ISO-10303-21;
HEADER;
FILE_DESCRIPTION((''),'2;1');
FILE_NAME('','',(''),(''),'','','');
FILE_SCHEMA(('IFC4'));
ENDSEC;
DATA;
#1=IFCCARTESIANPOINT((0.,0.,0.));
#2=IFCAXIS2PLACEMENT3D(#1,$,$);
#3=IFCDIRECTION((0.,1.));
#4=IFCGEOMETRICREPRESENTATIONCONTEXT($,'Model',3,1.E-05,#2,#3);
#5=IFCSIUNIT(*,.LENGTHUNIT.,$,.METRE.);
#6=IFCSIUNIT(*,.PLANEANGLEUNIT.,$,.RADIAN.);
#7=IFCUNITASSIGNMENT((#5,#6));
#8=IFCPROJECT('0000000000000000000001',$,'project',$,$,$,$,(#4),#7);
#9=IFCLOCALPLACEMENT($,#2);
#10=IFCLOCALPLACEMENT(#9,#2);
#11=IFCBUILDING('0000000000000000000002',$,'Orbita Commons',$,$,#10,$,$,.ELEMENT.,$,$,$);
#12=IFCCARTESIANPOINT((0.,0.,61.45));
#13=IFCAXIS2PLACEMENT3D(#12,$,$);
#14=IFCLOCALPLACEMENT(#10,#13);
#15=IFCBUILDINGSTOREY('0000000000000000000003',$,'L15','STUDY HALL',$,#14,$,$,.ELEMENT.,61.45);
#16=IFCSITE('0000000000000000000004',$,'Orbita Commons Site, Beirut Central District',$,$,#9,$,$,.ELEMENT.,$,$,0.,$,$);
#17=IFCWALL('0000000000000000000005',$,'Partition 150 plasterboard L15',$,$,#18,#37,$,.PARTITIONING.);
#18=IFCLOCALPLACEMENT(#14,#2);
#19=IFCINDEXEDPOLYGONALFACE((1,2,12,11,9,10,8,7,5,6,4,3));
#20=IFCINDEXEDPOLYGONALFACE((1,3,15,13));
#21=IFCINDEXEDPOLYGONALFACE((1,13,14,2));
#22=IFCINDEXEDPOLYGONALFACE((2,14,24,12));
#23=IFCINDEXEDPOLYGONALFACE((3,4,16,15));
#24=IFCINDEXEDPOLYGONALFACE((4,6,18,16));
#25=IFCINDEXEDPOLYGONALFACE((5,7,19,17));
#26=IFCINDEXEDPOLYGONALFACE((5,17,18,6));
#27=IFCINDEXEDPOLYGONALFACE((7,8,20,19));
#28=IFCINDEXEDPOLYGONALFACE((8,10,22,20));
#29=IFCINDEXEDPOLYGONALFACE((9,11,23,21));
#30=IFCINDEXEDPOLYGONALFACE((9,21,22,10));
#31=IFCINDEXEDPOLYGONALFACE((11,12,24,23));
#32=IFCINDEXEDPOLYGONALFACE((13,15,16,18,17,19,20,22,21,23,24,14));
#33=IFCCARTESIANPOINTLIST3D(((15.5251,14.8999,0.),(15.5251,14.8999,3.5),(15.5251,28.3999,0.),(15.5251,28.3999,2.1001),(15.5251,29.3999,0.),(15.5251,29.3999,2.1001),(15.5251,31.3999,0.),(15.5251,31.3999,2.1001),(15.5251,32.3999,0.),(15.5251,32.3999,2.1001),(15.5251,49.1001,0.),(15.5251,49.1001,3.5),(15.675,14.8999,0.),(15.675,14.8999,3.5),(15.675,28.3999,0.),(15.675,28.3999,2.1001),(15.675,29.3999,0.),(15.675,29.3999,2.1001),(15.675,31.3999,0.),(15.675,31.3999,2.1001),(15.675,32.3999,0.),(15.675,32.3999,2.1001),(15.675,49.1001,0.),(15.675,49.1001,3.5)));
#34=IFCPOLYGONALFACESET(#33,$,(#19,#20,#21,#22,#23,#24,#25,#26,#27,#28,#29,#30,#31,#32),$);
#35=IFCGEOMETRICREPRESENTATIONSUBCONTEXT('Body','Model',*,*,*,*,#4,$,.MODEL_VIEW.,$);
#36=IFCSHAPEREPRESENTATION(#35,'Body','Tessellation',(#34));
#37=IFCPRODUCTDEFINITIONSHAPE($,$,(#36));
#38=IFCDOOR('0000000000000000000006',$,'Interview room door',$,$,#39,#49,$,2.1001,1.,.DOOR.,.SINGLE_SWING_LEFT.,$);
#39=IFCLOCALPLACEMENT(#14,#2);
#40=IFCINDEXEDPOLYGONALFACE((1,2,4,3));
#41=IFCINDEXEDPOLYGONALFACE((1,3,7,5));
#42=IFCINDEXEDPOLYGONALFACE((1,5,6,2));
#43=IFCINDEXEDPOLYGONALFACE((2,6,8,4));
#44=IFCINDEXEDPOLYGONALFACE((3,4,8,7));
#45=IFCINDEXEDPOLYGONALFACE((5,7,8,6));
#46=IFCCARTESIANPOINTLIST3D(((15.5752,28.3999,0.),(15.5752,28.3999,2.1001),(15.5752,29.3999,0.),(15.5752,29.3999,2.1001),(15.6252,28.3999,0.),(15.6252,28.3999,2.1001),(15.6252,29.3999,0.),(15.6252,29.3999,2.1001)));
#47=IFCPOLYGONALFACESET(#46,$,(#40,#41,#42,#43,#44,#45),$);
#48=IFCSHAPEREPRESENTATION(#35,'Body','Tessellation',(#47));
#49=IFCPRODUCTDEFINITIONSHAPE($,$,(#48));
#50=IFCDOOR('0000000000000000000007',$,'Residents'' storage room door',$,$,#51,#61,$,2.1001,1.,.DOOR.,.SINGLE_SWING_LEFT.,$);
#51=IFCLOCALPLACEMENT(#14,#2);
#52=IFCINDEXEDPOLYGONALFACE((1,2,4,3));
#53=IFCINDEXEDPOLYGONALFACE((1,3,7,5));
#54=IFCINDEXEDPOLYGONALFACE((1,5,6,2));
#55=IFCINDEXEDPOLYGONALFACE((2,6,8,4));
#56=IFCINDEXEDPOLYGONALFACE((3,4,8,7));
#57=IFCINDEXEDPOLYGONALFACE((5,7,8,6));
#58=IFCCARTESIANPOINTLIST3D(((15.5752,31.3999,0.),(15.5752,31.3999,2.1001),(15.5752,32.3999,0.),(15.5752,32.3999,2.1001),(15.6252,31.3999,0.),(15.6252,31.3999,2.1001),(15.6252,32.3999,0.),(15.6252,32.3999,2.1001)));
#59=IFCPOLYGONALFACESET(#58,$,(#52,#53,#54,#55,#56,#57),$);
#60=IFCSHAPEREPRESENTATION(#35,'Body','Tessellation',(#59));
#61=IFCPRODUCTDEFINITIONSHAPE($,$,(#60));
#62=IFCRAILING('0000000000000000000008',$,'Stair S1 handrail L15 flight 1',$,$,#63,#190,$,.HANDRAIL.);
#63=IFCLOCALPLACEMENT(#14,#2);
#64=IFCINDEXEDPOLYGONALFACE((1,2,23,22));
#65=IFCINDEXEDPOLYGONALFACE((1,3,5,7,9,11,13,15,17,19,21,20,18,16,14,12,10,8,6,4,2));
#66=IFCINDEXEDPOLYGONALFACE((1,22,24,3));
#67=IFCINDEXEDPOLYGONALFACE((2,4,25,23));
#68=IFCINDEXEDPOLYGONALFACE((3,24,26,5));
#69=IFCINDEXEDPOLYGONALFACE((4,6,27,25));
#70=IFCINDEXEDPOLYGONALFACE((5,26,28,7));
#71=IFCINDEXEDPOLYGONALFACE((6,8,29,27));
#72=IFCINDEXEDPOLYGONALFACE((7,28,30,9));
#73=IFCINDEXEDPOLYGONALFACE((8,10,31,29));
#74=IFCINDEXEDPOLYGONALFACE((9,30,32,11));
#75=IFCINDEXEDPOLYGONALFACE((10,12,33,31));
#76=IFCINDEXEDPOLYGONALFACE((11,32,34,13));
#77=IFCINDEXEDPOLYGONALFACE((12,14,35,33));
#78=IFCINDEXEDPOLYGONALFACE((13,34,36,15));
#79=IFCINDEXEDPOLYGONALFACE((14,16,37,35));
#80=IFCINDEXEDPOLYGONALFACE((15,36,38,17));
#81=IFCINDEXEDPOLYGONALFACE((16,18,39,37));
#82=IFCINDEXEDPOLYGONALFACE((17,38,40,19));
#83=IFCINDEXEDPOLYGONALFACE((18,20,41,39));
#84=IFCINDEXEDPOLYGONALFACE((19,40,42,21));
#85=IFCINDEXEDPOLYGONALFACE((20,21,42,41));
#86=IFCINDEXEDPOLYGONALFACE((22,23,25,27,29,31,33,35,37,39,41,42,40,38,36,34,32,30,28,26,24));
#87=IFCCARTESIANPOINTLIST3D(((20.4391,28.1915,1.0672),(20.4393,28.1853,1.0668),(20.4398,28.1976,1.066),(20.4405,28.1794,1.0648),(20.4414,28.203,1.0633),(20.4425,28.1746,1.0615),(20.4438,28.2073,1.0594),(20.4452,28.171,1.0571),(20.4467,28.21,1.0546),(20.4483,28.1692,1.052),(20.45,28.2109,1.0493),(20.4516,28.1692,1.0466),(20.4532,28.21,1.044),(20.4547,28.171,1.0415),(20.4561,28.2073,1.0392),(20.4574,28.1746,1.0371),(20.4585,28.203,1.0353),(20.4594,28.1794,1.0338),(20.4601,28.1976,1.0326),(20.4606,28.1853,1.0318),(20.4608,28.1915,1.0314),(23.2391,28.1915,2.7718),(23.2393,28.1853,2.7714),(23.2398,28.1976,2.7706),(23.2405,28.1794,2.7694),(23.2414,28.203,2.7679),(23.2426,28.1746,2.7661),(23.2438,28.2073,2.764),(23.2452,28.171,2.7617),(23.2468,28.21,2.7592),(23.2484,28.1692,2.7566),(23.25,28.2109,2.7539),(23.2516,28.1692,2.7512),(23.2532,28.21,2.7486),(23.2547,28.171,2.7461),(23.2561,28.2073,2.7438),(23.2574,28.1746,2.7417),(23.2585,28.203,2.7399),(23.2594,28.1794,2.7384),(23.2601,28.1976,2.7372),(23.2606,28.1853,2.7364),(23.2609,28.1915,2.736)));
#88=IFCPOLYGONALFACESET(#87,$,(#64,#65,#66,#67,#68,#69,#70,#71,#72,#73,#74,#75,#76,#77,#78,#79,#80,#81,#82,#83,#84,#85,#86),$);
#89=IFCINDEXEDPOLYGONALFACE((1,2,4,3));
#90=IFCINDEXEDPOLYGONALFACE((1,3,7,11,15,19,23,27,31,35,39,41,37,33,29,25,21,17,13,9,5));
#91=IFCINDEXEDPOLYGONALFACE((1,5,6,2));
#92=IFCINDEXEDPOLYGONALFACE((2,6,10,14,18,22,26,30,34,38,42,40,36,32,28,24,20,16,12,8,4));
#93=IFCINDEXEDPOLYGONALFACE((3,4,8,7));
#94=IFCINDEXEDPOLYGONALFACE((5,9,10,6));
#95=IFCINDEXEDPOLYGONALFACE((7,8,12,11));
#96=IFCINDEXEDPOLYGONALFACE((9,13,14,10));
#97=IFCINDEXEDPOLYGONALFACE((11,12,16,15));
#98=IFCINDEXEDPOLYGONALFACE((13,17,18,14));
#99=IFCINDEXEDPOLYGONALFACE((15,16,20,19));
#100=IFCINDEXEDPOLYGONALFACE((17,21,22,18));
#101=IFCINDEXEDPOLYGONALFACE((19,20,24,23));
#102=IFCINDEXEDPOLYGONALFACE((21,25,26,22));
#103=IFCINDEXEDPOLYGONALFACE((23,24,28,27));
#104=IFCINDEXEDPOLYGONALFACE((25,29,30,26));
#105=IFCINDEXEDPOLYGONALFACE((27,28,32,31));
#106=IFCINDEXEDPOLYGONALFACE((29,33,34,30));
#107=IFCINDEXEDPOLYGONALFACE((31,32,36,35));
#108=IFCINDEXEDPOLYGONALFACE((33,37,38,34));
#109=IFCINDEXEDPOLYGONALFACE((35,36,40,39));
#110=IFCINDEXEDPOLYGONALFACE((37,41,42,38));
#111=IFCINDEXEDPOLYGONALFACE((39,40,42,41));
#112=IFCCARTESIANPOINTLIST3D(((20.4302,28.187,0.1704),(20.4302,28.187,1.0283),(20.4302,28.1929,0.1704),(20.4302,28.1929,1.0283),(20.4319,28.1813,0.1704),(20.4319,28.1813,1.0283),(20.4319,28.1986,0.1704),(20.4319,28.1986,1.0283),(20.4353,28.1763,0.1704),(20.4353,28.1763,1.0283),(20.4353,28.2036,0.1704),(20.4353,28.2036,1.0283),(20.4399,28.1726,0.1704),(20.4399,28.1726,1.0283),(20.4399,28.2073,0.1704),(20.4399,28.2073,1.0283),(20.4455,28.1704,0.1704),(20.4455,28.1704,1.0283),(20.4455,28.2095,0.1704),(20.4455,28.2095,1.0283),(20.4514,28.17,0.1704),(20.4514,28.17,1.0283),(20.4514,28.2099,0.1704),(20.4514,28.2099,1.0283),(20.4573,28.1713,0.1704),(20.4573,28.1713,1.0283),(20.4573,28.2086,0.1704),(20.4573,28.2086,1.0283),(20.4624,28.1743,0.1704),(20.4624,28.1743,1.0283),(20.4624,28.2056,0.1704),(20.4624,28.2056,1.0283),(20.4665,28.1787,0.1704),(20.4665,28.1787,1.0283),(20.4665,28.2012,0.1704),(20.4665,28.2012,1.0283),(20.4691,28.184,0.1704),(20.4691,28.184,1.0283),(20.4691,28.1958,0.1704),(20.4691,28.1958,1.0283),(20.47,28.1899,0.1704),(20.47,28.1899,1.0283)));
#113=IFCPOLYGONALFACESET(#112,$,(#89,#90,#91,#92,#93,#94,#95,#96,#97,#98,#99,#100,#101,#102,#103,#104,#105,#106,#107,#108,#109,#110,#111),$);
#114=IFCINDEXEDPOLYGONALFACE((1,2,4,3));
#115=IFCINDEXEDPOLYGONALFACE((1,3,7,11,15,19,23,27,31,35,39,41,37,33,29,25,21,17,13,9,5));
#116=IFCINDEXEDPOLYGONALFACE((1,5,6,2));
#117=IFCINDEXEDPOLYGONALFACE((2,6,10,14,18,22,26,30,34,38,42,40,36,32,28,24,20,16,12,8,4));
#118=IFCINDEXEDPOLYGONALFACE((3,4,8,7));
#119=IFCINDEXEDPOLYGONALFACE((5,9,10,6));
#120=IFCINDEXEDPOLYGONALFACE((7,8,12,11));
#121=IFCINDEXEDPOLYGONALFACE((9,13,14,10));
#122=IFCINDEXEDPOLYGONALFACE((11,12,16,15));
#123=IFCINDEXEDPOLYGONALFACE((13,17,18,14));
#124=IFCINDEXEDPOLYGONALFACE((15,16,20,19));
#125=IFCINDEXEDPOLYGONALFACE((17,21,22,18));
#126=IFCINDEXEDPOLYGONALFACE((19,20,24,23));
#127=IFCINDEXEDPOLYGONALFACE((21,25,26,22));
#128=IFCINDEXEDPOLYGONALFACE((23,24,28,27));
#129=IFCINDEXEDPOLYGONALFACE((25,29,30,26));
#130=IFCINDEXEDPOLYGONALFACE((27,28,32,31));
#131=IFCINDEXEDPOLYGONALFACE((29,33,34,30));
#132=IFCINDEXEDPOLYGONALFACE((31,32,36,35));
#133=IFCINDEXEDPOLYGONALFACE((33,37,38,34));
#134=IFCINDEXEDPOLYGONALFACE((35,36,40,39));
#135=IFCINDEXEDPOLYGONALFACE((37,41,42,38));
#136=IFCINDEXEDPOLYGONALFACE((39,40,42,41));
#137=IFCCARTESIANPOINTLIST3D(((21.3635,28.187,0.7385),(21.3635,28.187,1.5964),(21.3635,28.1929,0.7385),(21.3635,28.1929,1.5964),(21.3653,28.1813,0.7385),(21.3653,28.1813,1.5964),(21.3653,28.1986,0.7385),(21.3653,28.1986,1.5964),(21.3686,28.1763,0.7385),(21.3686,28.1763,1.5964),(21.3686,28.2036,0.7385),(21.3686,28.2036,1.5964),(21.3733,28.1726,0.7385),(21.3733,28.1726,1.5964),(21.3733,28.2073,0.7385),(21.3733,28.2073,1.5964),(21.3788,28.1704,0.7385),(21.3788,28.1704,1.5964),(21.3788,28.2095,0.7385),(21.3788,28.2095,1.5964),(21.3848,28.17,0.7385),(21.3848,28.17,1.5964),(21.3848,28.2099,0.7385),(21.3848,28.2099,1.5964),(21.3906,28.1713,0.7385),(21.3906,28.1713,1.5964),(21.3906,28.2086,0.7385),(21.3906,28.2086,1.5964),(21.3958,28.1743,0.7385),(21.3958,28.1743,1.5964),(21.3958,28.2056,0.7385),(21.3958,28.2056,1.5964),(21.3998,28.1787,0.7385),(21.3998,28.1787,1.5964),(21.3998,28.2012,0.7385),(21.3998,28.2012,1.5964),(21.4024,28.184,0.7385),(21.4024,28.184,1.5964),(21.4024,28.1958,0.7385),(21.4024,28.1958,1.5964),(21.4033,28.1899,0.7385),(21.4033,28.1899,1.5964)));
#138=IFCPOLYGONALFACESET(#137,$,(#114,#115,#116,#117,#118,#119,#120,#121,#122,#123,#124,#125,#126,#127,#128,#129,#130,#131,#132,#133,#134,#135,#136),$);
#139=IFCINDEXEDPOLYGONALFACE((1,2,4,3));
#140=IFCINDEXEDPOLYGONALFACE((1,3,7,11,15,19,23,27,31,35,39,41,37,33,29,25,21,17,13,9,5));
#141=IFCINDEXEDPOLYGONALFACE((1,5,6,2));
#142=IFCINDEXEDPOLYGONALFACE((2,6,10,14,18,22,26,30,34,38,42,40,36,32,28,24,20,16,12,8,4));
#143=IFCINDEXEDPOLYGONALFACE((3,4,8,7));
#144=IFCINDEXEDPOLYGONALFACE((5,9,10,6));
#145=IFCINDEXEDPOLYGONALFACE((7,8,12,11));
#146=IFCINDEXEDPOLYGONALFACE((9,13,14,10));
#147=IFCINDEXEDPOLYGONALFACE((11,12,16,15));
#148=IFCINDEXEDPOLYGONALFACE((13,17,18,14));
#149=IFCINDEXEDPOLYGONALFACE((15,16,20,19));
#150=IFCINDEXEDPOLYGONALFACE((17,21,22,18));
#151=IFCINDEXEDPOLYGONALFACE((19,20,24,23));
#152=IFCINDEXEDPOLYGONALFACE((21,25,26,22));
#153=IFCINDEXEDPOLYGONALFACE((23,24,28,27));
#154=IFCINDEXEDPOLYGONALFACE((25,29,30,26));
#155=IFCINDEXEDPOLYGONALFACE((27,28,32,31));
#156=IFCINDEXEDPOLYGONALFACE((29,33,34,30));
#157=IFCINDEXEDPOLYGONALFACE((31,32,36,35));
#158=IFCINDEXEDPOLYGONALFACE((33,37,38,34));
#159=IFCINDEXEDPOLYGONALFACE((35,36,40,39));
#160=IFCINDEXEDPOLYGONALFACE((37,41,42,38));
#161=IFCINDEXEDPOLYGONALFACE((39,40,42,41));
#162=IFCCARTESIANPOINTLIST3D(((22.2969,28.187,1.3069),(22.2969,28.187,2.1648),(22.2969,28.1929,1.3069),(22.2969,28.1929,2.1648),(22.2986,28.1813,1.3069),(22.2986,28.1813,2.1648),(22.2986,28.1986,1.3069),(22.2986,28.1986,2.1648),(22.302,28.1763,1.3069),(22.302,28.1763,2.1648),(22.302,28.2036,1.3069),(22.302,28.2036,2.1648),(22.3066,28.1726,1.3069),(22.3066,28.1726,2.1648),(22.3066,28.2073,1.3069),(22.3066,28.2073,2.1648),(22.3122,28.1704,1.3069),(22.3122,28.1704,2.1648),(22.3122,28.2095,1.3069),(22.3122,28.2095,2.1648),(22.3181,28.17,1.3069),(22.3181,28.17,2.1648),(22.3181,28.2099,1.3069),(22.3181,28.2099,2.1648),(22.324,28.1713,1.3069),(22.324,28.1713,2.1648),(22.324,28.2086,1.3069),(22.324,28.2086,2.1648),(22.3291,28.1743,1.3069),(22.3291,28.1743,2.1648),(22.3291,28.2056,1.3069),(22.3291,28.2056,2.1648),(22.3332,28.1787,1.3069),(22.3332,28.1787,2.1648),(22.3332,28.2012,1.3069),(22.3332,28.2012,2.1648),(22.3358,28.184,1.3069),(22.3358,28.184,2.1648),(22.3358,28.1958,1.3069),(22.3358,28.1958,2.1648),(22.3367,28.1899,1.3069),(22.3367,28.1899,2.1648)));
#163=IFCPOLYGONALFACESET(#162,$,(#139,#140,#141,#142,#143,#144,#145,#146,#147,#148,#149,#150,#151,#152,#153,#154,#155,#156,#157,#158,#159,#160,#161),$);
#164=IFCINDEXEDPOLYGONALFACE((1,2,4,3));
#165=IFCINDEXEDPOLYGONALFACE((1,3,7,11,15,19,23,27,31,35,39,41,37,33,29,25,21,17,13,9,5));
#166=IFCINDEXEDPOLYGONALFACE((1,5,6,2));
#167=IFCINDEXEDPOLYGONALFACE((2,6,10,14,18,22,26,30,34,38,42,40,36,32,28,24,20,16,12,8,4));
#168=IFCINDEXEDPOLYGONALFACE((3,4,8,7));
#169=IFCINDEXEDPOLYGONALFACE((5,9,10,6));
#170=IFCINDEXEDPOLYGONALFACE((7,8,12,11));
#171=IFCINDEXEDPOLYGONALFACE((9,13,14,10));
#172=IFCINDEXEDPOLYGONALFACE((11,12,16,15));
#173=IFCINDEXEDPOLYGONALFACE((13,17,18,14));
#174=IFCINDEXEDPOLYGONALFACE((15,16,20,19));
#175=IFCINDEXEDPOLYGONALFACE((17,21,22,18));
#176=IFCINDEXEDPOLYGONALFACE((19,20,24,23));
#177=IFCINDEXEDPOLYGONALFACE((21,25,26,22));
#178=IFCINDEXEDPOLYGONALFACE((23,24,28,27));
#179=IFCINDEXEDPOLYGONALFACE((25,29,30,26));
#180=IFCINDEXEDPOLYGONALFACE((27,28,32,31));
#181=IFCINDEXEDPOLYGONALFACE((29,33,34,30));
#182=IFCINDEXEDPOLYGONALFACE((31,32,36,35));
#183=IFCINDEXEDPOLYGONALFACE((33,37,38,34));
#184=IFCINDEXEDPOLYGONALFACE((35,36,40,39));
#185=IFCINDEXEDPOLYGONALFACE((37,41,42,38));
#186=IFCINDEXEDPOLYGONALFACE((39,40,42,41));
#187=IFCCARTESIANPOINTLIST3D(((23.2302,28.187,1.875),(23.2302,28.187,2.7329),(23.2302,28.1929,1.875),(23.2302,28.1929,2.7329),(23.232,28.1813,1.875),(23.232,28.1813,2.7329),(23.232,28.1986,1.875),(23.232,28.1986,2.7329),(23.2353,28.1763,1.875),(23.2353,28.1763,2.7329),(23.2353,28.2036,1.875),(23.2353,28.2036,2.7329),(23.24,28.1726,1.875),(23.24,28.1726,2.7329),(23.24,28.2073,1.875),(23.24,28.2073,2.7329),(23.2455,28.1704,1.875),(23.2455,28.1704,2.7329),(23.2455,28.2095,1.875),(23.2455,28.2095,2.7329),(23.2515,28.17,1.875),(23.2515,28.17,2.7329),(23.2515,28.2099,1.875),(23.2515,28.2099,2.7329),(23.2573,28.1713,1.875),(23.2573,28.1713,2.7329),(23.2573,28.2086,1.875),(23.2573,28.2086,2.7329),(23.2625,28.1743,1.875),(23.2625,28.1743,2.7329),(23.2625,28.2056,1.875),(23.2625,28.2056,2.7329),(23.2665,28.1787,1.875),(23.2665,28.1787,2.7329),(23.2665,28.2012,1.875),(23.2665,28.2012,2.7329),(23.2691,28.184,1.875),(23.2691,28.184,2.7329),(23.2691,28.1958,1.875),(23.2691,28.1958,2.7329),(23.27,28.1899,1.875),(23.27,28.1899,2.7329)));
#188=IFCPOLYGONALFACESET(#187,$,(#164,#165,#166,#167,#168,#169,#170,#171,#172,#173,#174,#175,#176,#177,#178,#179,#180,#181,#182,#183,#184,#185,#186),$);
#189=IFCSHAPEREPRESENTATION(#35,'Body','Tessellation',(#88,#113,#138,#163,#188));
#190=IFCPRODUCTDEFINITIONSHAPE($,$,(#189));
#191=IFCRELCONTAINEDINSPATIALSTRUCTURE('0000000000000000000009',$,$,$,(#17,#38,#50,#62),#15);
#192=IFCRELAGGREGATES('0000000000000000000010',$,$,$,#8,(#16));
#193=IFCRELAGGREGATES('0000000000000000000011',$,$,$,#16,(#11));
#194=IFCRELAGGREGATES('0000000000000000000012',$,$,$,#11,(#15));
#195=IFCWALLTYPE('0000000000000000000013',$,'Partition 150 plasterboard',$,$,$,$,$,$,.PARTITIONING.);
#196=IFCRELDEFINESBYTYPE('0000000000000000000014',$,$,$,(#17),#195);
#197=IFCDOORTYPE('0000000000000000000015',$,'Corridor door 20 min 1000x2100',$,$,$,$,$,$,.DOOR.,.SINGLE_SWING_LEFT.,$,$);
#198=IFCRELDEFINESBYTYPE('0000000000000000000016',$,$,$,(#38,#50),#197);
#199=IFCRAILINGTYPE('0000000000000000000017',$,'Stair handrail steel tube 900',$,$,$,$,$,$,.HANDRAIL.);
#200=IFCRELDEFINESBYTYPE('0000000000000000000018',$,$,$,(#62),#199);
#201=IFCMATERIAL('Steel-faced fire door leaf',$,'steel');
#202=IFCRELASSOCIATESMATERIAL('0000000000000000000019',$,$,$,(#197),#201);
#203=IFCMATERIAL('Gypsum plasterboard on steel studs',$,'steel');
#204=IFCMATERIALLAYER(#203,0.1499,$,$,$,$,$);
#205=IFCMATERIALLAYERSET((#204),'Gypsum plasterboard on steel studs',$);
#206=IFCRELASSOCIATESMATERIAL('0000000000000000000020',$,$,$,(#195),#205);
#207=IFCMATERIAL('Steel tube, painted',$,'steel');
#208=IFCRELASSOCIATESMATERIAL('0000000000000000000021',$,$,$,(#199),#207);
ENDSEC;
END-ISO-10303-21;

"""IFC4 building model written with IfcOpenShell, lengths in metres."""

from ifc_helpers import new_model, si_unit, direction, frame, frame_2d, origin, origin_2d, place, context, subcontext, project, spatial, rectangle, circle, extrude, material, layer, layer_set, type_object, element, fill, save


model = new_model("IFC4")

# Units and contexts
model_context = context("Model", 3, precision=1e-05, world=origin(), true_north=direction((0.0, 1.0)))
body_context = subcontext(model_context, "Body", "Model", "MODEL_VIEW")
ifc_project = project(units=[si_unit("LENGTHUNIT", "METRE"), si_unit("PLANEANGLEUNIT", "RADIAN")], contexts=[model_context])

# Site, building, storey
site_placement = place(None, origin())
site = spatial("IfcSite", under=ifc_project, at=site_placement, Name="Orbita Commons Site, Beirut Central District", CompositionType="ELEMENT", RefElevation=0.0)
building_placement = place(site_placement, origin())
building = spatial("IfcBuilding", under=site, at=building_placement, Name="Orbita Commons", CompositionType="ELEMENT")
storey_placement = place(building_placement, frame((0.0, 0.0, 61.45)))
storey = spatial("IfcBuildingStorey", under=building, at=storey_placement, Name="L15", Description="STUDY HALL", CompositionType="ELEMENT", Elevation=61.45)

# Shared definitions
ifc_material_1 = material(Name="Steel-faced fire door leaf", Category="steel")
door_type_1 = type_object("IfcDoorType", Name="Corridor door 20 min 1000x2100", OperationType="SINGLE_SWING_LEFT", PredefinedType="DOOR", material=ifc_material_1)

# Shared definitions
ifc_material_2 = material(Name="Gypsum plasterboard on steel studs", Category="steel")
ifc_layer_1 = layer(ifc_material_2, 0.1499)
ifc_layer_set_1 = layer_set([ifc_layer_1], Name="Gypsum plasterboard on steel studs")
wall_type_1 = type_object("IfcWallType", Name="Partition 150 plasterboard", PredefinedType="PARTITIONING", material=ifc_layer_set_1)

# Wall, openings, doors
wall_1_placement = place(storey_placement, frame((15.6001, 14.8999, 0.0), z_axis=(0.0, 0.0, 1.0), x_axis=(0.0, 1.0, 0.0)))
wall_1 = element("IfcWall", 1, at=wall_1_placement, inside=storey, type_object=wall_type_1, Name="Partition 150 plasterboard L15", PredefinedType="PARTITIONING", context=body_context, shape_type="SweptSolid", body=[
    extrude(rectangle(XDim=34.2002, YDim=0.1499, at=frame_2d((17.1001, 0.0))), origin(), (0.0, 0.0, 1.0), 3.5),
])
opening_1_placement = place(wall_1_placement, frame((13.5, 0.0, 0.0)))
opening_1 = element("IfcOpeningElement", 2, at=opening_1_placement, cuts=wall_1, PredefinedType="OPENING", context=body_context, shape_type="SweptSolid", body=[
    extrude(rectangle(XDim=1.0, YDim=2.1001, at=frame_2d((0.5, 1.05))), frame((0.0, 0.085, 0.0), z_axis=(0.0, -1.0, 0.0), x_axis=(1.0, 0.0, 0.0)), (0.0, 0.0, 1.0), 0.1699),
])
opening_2_placement = place(wall_1_placement, frame((16.5, 0.0, 0.0)))
opening_2 = element("IfcOpeningElement", 3, at=opening_2_placement, cuts=wall_1, PredefinedType="OPENING", context=body_context, shape_type="SweptSolid", body=[
    extrude(rectangle(XDim=1.0, YDim=2.1001, at=frame_2d((0.5, 1.05))), frame((0.0, 0.085, 0.0), z_axis=(0.0, -1.0, 0.0), x_axis=(1.0, 0.0, 0.0)), (0.0, 0.0, 1.0), 0.1699),
])
door_1_placement = place(opening_1_placement, origin())
door_1 = element("IfcDoor", 4, at=door_1_placement, inside=storey, type_object=door_type_1, Name="Interview room door", OperationType="SINGLE_SWING_LEFT", OverallHeight=2.1001, OverallWidth=1.0, PredefinedType="DOOR", context=body_context, shape_type="SweptSolid", body=[
    extrude(rectangle(XDim=1.0, YDim=2.1001, at=frame_2d((0.5, 1.05))), frame((0.0, 0.0249, 0.0), z_axis=(0.0, -1.0, 0.0), x_axis=(1.0, 0.0, 0.0)), (0.0, 0.0, 1.0), 0.05),
])
fill(opening_1, door_1)
door_2_placement = place(opening_2_placement, origin())
door_2 = element("IfcDoor", 5, at=door_2_placement, inside=storey, type_object=door_type_1, Name="Residents' storage room door", OperationType="SINGLE_SWING_LEFT", OverallHeight=2.1001, OverallWidth=1.0, PredefinedType="DOOR", context=body_context, shape_type="SweptSolid", body=[
    extrude(rectangle(XDim=1.0, YDim=2.1001, at=frame_2d((0.5, 1.05))), frame((0.0, 0.0249, 0.0), z_axis=(0.0, -1.0, 0.0), x_axis=(1.0, 0.0, 0.0)), (0.0, 0.0, 1.0), 0.05),
])
fill(opening_2, door_2)

# Railing
ifc_material_3 = material(Name="Steel tube, painted", Category="steel")
railing_type = type_object("IfcRailingType", Name="Stair handrail steel tube 900", PredefinedType="HANDRAIL", material=ifc_material_3)
for number, where, name in (
    (6, (20.45, 28.1899, 0.1704), "Stair S1 handrail L15 flight 1"),
):
    element("IfcRailing", number, at=place(storey_placement, frame(where)), inside=storey, type_object=railing_type, Name=name, PredefinedType="HANDRAIL", context=body_context, shape_type="SweptSolid", body=[
        extrude(circle(Radius=0.021, at=origin_2d()), frame((0.0, 0.0, 0.8789), z_axis=(0.85417, 0.0, 0.519994), x_axis=(0.0, 1.0, 0.0)), (0.0, 0.0, 1.0), 3.2781),
        extrude(circle(Radius=0.02, at=origin_2d()), origin(), (0.0, 0.0, 1.0), 0.8579),
        extrude(circle(Radius=0.02, at=origin_2d()), frame((0.9333, 0.0, 0.5681)), (0.0, 0.0, 1.0), 0.8579),
        extrude(circle(Radius=0.02, at=origin_2d()), frame((1.8667, 0.0, 1.1365)), (0.0, 0.0, 1.0), 0.8579),
        extrude(circle(Radius=0.02, at=origin_2d()), frame((2.8, 0.0, 1.7046)), (0.0, 0.0, 1.0), 0.8579),
    ])

save(model, "model.ifc")
